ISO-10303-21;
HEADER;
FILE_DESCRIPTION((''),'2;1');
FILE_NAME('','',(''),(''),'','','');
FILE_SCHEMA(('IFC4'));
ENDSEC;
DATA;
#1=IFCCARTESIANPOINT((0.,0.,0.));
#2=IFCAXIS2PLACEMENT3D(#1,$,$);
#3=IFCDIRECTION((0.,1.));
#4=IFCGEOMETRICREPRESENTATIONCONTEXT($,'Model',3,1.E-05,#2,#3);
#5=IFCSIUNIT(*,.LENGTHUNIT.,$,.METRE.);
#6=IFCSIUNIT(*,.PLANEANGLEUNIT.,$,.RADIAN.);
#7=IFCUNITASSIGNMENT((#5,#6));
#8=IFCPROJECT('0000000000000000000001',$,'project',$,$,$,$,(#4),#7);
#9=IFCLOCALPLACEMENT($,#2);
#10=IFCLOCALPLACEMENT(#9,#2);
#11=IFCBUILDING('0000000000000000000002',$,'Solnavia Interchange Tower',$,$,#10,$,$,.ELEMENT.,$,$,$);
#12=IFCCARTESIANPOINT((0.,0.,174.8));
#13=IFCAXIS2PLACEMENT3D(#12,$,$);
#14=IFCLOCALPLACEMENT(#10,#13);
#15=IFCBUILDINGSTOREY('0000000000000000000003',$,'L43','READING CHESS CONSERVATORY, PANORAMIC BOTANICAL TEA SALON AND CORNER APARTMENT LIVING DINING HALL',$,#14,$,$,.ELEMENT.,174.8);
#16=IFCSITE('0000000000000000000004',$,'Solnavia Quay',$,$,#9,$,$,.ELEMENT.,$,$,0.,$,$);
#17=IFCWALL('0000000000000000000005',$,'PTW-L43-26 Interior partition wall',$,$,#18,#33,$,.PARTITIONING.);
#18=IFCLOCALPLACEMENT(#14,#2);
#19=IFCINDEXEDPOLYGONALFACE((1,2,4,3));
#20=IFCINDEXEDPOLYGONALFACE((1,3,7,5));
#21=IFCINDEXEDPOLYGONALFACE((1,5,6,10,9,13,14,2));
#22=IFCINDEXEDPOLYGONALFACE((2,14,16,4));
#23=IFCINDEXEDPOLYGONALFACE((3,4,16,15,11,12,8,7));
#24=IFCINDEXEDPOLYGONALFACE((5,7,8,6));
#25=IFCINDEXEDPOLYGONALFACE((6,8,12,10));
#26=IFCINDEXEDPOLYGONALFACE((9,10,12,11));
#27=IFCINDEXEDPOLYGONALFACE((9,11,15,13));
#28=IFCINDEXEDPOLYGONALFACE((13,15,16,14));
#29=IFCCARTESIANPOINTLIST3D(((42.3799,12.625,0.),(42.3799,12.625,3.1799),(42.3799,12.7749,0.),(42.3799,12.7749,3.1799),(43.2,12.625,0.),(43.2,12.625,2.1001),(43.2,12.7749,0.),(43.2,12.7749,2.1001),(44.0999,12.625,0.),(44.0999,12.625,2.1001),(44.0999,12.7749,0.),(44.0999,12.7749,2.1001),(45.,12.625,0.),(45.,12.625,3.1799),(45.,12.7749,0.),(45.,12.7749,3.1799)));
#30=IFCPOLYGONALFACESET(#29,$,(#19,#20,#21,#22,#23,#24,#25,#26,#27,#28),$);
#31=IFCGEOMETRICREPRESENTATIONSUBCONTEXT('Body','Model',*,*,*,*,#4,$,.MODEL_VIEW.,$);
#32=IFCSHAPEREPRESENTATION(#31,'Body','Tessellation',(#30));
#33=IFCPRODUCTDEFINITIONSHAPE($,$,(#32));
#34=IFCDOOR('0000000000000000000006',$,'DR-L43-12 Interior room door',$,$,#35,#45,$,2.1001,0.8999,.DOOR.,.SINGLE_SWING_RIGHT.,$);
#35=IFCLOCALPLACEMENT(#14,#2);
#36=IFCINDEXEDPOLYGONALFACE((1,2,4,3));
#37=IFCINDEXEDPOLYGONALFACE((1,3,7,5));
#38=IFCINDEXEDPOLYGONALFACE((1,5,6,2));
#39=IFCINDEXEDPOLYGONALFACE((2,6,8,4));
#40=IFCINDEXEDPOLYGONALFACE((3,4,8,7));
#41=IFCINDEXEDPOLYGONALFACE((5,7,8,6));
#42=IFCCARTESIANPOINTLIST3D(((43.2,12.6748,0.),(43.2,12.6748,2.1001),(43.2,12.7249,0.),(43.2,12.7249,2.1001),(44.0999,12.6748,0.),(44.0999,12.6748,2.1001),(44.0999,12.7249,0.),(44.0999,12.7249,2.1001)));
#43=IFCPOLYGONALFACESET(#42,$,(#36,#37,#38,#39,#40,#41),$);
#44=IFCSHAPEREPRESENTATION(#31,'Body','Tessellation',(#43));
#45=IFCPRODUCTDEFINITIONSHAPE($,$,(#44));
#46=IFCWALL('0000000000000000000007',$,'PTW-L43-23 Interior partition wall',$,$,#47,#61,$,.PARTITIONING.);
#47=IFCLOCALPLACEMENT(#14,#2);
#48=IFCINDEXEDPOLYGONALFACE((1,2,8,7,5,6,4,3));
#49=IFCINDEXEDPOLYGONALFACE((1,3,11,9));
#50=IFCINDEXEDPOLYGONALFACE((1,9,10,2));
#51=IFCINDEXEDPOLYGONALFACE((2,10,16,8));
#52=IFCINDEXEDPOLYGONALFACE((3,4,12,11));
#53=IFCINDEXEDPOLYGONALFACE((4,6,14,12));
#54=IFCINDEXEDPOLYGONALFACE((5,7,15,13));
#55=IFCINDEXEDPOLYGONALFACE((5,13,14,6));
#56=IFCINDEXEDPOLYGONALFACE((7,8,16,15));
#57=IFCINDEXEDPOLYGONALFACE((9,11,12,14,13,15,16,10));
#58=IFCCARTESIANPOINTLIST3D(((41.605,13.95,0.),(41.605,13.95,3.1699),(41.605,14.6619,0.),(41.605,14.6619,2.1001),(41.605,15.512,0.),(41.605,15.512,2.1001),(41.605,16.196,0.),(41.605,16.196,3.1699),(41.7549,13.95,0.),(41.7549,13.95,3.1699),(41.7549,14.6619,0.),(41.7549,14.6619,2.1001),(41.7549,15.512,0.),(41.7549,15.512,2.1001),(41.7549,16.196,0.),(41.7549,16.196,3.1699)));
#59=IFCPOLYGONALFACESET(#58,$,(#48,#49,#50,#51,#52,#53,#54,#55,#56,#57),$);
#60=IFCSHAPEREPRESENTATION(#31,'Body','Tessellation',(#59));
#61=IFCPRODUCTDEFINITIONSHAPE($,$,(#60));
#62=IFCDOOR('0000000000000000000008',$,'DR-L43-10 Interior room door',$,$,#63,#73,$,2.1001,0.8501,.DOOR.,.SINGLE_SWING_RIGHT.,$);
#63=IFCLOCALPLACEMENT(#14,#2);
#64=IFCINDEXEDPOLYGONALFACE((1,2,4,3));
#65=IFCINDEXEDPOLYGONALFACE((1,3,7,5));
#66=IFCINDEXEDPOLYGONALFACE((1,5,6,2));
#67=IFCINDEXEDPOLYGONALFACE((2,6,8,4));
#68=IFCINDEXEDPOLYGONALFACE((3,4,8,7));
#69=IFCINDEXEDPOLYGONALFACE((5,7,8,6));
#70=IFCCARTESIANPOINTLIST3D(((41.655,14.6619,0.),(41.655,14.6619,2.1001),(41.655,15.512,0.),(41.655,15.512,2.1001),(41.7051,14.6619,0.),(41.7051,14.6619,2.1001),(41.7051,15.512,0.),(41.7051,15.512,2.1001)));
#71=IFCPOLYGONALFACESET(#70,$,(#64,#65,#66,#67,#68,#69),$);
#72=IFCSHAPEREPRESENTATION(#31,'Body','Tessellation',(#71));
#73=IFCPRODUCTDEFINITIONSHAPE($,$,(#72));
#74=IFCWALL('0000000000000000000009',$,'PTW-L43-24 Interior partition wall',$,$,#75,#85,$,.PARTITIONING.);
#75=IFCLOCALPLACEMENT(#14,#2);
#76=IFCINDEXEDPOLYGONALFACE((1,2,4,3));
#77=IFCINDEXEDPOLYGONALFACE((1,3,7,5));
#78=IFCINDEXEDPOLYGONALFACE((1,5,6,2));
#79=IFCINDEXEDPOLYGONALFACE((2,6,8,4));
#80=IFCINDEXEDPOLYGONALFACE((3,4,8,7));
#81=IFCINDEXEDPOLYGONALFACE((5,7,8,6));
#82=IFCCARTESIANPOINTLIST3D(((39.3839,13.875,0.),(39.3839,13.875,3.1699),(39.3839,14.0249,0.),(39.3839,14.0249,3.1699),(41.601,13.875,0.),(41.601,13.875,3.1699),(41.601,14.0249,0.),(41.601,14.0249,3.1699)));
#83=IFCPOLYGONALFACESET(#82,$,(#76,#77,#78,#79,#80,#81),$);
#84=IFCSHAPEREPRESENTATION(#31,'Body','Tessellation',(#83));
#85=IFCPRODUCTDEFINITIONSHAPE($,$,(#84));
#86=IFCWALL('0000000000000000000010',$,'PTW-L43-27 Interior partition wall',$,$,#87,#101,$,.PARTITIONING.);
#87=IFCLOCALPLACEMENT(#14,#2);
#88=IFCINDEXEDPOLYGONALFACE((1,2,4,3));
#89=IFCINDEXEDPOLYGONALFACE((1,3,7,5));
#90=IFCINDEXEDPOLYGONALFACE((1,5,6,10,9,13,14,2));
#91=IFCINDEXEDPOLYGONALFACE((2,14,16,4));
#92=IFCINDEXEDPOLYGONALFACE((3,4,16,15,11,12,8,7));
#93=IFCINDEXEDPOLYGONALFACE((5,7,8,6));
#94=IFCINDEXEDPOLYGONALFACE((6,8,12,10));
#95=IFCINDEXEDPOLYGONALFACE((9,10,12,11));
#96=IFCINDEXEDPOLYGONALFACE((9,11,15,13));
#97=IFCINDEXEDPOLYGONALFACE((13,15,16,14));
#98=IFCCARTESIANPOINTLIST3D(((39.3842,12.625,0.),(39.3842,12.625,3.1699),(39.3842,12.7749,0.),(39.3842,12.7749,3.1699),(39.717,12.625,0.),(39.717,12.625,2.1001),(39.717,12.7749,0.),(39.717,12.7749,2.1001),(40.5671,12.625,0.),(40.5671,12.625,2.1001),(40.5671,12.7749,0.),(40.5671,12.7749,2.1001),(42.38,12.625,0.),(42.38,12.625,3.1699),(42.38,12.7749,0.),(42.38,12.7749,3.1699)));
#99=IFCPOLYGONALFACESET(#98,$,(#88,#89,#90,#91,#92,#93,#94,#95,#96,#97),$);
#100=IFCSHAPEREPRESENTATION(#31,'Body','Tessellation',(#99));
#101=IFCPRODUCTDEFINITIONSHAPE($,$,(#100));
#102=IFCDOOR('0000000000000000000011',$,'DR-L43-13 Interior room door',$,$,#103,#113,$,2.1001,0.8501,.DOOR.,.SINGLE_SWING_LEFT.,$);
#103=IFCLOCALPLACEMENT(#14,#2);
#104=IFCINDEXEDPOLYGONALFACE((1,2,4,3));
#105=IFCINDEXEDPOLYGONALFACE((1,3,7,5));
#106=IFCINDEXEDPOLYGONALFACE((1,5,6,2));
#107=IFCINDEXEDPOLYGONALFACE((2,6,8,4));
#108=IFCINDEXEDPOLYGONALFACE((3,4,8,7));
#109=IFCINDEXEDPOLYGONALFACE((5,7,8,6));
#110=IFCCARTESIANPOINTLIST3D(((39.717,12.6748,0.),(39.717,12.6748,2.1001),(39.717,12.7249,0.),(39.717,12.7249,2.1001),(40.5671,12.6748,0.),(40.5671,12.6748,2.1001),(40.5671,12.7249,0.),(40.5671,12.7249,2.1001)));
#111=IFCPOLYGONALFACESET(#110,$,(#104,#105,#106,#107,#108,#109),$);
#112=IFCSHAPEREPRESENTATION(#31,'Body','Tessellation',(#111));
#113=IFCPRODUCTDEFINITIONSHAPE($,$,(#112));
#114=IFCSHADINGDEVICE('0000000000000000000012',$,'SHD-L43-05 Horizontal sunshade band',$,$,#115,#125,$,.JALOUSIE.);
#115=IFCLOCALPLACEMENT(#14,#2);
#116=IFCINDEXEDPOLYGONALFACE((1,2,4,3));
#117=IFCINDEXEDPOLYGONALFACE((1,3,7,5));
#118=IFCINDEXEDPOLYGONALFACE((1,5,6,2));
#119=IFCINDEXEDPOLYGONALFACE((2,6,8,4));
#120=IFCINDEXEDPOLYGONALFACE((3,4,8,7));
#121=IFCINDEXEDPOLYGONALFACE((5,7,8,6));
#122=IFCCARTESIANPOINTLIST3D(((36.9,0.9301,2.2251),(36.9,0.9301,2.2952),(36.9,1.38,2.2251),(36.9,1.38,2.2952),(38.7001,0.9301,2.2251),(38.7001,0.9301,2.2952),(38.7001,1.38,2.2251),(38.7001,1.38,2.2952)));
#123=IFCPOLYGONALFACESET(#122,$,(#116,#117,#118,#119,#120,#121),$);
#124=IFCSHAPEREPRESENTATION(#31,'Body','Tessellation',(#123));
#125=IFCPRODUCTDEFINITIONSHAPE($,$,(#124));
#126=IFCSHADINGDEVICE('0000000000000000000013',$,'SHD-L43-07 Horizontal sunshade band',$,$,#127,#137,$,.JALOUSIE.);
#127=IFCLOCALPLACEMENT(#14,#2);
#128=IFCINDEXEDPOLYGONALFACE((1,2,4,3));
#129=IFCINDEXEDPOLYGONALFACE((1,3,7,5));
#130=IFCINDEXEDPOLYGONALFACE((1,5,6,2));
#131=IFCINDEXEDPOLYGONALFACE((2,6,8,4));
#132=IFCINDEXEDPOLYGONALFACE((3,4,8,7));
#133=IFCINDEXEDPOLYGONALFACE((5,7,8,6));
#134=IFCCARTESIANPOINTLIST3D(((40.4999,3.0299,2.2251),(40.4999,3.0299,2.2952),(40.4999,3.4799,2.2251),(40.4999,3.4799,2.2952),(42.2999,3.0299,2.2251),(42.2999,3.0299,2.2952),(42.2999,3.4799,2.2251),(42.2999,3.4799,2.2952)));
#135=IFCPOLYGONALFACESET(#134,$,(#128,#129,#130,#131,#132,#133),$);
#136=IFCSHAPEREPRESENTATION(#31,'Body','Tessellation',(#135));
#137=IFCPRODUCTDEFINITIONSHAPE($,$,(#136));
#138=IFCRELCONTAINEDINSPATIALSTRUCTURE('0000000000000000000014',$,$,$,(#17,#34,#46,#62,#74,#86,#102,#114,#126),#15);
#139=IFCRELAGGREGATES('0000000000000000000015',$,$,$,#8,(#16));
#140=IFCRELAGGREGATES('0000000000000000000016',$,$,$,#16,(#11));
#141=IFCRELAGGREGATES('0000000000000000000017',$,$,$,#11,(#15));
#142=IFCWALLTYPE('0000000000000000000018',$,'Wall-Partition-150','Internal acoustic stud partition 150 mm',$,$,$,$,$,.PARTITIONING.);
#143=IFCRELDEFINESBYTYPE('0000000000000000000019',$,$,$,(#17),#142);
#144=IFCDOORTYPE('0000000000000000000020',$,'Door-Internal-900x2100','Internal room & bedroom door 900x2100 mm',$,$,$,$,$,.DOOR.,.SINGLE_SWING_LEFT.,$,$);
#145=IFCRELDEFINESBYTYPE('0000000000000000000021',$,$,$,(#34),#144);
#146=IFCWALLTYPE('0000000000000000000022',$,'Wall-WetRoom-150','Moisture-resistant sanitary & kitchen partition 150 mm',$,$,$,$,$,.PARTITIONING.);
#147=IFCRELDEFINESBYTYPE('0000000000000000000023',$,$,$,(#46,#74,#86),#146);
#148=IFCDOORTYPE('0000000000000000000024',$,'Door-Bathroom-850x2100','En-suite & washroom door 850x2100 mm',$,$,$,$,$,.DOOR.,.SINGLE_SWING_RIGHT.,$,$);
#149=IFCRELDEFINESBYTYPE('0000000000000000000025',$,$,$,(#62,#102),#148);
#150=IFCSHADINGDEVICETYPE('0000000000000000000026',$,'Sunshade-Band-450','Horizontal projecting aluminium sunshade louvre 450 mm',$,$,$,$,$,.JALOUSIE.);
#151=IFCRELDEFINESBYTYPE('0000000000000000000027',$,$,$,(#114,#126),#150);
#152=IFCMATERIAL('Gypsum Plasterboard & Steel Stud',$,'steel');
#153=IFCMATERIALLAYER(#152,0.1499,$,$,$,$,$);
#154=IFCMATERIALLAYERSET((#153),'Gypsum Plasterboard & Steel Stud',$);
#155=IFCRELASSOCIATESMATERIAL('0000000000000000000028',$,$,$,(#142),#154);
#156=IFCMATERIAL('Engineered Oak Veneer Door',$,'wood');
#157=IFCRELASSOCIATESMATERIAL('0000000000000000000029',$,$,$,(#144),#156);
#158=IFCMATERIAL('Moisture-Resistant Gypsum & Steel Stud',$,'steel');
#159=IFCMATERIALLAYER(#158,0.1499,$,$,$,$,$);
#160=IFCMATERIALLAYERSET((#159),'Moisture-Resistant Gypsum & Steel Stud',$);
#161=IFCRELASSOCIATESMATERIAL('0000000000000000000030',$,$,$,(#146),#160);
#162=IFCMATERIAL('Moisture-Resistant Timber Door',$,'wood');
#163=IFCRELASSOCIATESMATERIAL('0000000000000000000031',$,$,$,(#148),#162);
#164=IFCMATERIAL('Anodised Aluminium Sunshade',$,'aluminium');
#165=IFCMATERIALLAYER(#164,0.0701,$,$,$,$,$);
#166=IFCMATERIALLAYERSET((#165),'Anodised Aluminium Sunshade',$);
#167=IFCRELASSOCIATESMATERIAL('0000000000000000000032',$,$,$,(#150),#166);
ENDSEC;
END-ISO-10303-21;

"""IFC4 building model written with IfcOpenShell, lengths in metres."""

from ifc_helpers import new_model, si_unit, direction, frame, frame_2d, origin, origin_2d, place, context, subcontext, project, spatial, rectangle, extrude, material, layer, layer_set, type_object, element, fill, save


model = new_model("IFC4")

# Units and contexts
model_context = context("Model", 3, precision=1e-05, world=origin(), true_north=direction((0.0, 1.0)))
body_context = subcontext(model_context, "Body", "Model", "MODEL_VIEW")
ifc_project = project(units=[si_unit("LENGTHUNIT", "METRE"), si_unit("PLANEANGLEUNIT", "RADIAN")], contexts=[model_context])

# Site, building, storey
site_placement = place(None, origin())
site = spatial("IfcSite", under=ifc_project, at=site_placement, Name="Solnavia Quay", CompositionType="ELEMENT", RefElevation=0.0)
building_placement = place(site_placement, origin())
building = spatial("IfcBuilding", under=site, at=building_placement, Name="Solnavia Interchange Tower", CompositionType="ELEMENT")
storey_placement = place(building_placement, frame((0.0, 0.0, 174.8)))
storey = spatial("IfcBuildingStorey", under=building, at=storey_placement, Name="L43", Description="READING CHESS CONSERVATORY, PANORAMIC BOTANICAL TEA SALON AND CORNER APARTMENT LIVING DINING HALL", CompositionType="ELEMENT", Elevation=174.8)

# Walls, openings, doors
ifc_material_1 = material(Name="Gypsum Plasterboard & Steel Stud", Category="steel")
ifc_layer_1 = layer(ifc_material_1, 0.1499)
ifc_layer_set_1 = layer_set([ifc_layer_1], Name="Gypsum Plasterboard & Steel Stud")
wall_type_1 = type_object("IfcWallType", Name="Wall-Partition-150", Description="Internal acoustic stud partition 150 mm", PredefinedType="PARTITIONING", material=ifc_layer_set_1)
wall_1_placement = place(storey_placement, frame((42.3799, 12.7, 0.0), z_axis=(0.0, 0.0, 1.0), x_axis=(1.0, 0.0, 0.0)))
wall_1 = element("IfcWall", 1, at=wall_1_placement, inside=storey, type_object=wall_type_1, Name="PTW-L43-26 Interior partition wall", PredefinedType="PARTITIONING", context=body_context, shape_type="SweptSolid", body=[
    extrude(rectangle(XDim=2.6201, YDim=0.1499, at=frame_2d((1.3101, 0.0))), origin(), (0.0, 0.0, 1.0), 3.1799),
])
opening_1_placement = place(wall_1_placement, frame((0.8201, 0.0, 0.0)))
opening_1 = element("IfcOpeningElement", 2, at=opening_1_placement, cuts=wall_1, PredefinedType="OPENING", context=body_context, shape_type="SweptSolid", body=[
    extrude(rectangle(XDim=0.8999, YDim=2.1001, at=frame_2d((0.45, 1.05))), frame((0.0, 0.085, 0.0), z_axis=(0.0, -1.0, 0.0), x_axis=(1.0, 0.0, 0.0)), (0.0, 0.0, 1.0), 0.1699),
])
ifc_material_2 = material(Name="Engineered Oak Veneer Door", Category="wood")
door_type_1 = type_object("IfcDoorType", Name="Door-Internal-900x2100", Description="Internal room & bedroom door 900x2100 mm", OperationType="SINGLE_SWING_LEFT", PredefinedType="DOOR", material=ifc_material_2)
door_1_placement = place(opening_1_placement, origin())
door_1 = element("IfcDoor", 3, at=door_1_placement, inside=storey, type_object=door_type_1, Name="DR-L43-12 Interior room door", OperationType="SINGLE_SWING_RIGHT", OverallHeight=2.1001, OverallWidth=0.8999, PredefinedType="DOOR", context=body_context, shape_type="SweptSolid", body=[
    extrude(rectangle(XDim=0.8999, YDim=2.1001, at=frame_2d((0.45, 1.05))), frame((0.0, 0.0249, 0.0), z_axis=(0.0, -1.0, 0.0), x_axis=(1.0, 0.0, 0.0)), (0.0, 0.0, 1.0), 0.05),
])
fill(opening_1, door_1)
ifc_material_3 = material(Name="Moisture-Resistant Gypsum & Steel Stud", Category="steel")
ifc_layer_2 = layer(ifc_material_3, 0.1499)
ifc_layer_set_2 = layer_set([ifc_layer_2], Name="Moisture-Resistant Gypsum & Steel Stud")
wall_type_2 = type_object("IfcWallType", Name="Wall-WetRoom-150", Description="Moisture-resistant sanitary & kitchen partition 150 mm", PredefinedType="PARTITIONING", material=ifc_layer_set_2)
wall_2_placement = place(storey_placement, frame((41.6799, 13.95, 0.0), z_axis=(0.0, 0.0, 1.0), x_axis=(0.0, 1.0, 0.0)))
wall_2 = element("IfcWall", 4, at=wall_2_placement, inside=storey, type_object=wall_type_2, Name="PTW-L43-23 Interior partition wall", PredefinedType="PARTITIONING", context=body_context, shape_type="SweptSolid", body=[
    extrude(rectangle(XDim=2.2461, YDim=0.1499, at=frame_2d((1.123, 0.0))), origin(), (0.0, 0.0, 1.0), 3.1699),
])
opening_2_placement = place(wall_2_placement, frame((0.7119, 0.0, 0.0)))
opening_2 = element("IfcOpeningElement", 5, at=opening_2_placement, cuts=wall_2, PredefinedType="OPENING", context=body_context, shape_type="SweptSolid", body=[
    extrude(rectangle(XDim=0.8501, YDim=2.1001, at=frame_2d((0.425, 1.05))), frame((0.0, 0.085, 0.0), z_axis=(0.0, -1.0, 0.0), x_axis=(1.0, 0.0, 0.0)), (0.0, 0.0, 1.0), 0.1699),
])
ifc_material_4 = material(Name="Moisture-Resistant Timber Door", Category="wood")
door_type_2 = type_object("IfcDoorType", Name="Door-Bathroom-850x2100", Description="En-suite & washroom door 850x2100 mm", OperationType="SINGLE_SWING_RIGHT", PredefinedType="DOOR", material=ifc_material_4)
door_2_placement = place(opening_2_placement, origin())
door_2 = element("IfcDoor", 6, at=door_2_placement, inside=storey, type_object=door_type_2, Name="DR-L43-10 Interior room door", OperationType="SINGLE_SWING_RIGHT", OverallHeight=2.1001, OverallWidth=0.8501, PredefinedType="DOOR", context=body_context, shape_type="SweptSolid", body=[
    extrude(rectangle(XDim=0.8501, YDim=2.1001, at=frame_2d((0.425, 1.05))), frame((0.0, 0.0249, 0.0), z_axis=(0.0, -1.0, 0.0), x_axis=(1.0, 0.0, 0.0)), (0.0, 0.0, 1.0), 0.05),
])
fill(opening_2, door_2)

# Wall
wall_3_placement = place(storey_placement, frame((39.384, 13.95, 0.0), z_axis=(0.0, 0.0, 1.0), x_axis=(1.0, 0.0, 0.0)))
element("IfcWall", 7, at=wall_3_placement, inside=storey, type_object=wall_type_2, Name="PTW-L43-24 Interior partition wall", PredefinedType="PARTITIONING", context=body_context, shape_type="SweptSolid", body=[
    extrude(rectangle(XDim=2.217, YDim=0.1499, at=frame_2d((1.1084, 0.0))), origin(), (0.0, 0.0, 1.0), 3.1699),
])

# Wall, opening, door
wall_4_placement = place(storey_placement, frame((39.384, 12.7, 0.0), z_axis=(0.0, 0.0, 1.0), x_axis=(1.0, 0.0, 0.0)))
wall_4 = element("IfcWall", 8, at=wall_4_placement, inside=storey, type_object=wall_type_2, Name="PTW-L43-27 Interior partition wall", PredefinedType="PARTITIONING", context=body_context, shape_type="SweptSolid", body=[
    extrude(rectangle(XDim=2.9958, YDim=0.1499, at=frame_2d((1.498, 0.0))), origin(), (0.0, 0.0, 1.0), 3.1699),
])
opening_3_placement = place(wall_4_placement, frame((0.333, 0.0, 0.0)))
opening_3 = element("IfcOpeningElement", 9, at=opening_3_placement, cuts=wall_4, PredefinedType="OPENING", context=body_context, shape_type="SweptSolid", body=[
    extrude(rectangle(XDim=0.8501, YDim=2.1001, at=frame_2d((0.425, 1.05))), frame((0.0, 0.085, 0.0), z_axis=(0.0, -1.0, 0.0), x_axis=(1.0, 0.0, 0.0)), (0.0, 0.0, 1.0), 0.1699),
])
door_3_placement = place(opening_3_placement, origin())
door_3 = element("IfcDoor", 10, at=door_3_placement, inside=storey, type_object=door_type_2, Name="DR-L43-13 Interior room door", OperationType="SINGLE_SWING_LEFT", OverallHeight=2.1001, OverallWidth=0.8501, PredefinedType="DOOR", context=body_context, shape_type="SweptSolid", body=[
    extrude(rectangle(XDim=0.8501, YDim=2.1001, at=frame_2d((0.425, 1.05))), frame((0.0, 0.0249, 0.0), z_axis=(0.0, -1.0, 0.0), x_axis=(1.0, 0.0, 0.0)), (0.0, 0.0, 1.0), 0.05),
])
fill(opening_3, door_3)

# Shading devices
ifc_material_5 = material(Name="Anodised Aluminium Sunshade", Category="aluminium")
ifc_layer_3 = layer(ifc_material_5, 0.0701)
ifc_layer_set_3 = layer_set([ifc_layer_3], Name="Anodised Aluminium Sunshade")
shading_device_type = type_object("IfcShadingDeviceType", Name="Sunshade-Band-450", Description="Horizontal projecting aluminium sunshade louvre 450 mm", PredefinedType="JALOUSIE", material=ifc_layer_set_3)
for number, where, z_axis, x_axis, name in (
    (11, (37.8, 1.155, 2.2251), (0.0, 0.0, 1.0), (-1.0, 0.0, 0.0), "SHD-L43-05 Horizontal sunshade band"),
    (12, (41.3999, 3.2549, 2.2251), (0.0, 0.0, 1.0), (-1.0, 0.0, 0.0), "SHD-L43-07 Horizontal sunshade band"),
):
    element("IfcShadingDevice", number, at=place(storey_placement, frame(where, z_axis=z_axis, x_axis=x_axis)), inside=storey, type_object=shading_device_type, Name=name, PredefinedType="JALOUSIE", context=body_context, shape_type="SweptSolid", body=[
        extrude(rectangle(XDim=1.8, YDim=0.45, at=origin_2d()), origin(), (0.0, 0.0, 1.0), 0.0701),
    ])

save(model, "model.ifc")
